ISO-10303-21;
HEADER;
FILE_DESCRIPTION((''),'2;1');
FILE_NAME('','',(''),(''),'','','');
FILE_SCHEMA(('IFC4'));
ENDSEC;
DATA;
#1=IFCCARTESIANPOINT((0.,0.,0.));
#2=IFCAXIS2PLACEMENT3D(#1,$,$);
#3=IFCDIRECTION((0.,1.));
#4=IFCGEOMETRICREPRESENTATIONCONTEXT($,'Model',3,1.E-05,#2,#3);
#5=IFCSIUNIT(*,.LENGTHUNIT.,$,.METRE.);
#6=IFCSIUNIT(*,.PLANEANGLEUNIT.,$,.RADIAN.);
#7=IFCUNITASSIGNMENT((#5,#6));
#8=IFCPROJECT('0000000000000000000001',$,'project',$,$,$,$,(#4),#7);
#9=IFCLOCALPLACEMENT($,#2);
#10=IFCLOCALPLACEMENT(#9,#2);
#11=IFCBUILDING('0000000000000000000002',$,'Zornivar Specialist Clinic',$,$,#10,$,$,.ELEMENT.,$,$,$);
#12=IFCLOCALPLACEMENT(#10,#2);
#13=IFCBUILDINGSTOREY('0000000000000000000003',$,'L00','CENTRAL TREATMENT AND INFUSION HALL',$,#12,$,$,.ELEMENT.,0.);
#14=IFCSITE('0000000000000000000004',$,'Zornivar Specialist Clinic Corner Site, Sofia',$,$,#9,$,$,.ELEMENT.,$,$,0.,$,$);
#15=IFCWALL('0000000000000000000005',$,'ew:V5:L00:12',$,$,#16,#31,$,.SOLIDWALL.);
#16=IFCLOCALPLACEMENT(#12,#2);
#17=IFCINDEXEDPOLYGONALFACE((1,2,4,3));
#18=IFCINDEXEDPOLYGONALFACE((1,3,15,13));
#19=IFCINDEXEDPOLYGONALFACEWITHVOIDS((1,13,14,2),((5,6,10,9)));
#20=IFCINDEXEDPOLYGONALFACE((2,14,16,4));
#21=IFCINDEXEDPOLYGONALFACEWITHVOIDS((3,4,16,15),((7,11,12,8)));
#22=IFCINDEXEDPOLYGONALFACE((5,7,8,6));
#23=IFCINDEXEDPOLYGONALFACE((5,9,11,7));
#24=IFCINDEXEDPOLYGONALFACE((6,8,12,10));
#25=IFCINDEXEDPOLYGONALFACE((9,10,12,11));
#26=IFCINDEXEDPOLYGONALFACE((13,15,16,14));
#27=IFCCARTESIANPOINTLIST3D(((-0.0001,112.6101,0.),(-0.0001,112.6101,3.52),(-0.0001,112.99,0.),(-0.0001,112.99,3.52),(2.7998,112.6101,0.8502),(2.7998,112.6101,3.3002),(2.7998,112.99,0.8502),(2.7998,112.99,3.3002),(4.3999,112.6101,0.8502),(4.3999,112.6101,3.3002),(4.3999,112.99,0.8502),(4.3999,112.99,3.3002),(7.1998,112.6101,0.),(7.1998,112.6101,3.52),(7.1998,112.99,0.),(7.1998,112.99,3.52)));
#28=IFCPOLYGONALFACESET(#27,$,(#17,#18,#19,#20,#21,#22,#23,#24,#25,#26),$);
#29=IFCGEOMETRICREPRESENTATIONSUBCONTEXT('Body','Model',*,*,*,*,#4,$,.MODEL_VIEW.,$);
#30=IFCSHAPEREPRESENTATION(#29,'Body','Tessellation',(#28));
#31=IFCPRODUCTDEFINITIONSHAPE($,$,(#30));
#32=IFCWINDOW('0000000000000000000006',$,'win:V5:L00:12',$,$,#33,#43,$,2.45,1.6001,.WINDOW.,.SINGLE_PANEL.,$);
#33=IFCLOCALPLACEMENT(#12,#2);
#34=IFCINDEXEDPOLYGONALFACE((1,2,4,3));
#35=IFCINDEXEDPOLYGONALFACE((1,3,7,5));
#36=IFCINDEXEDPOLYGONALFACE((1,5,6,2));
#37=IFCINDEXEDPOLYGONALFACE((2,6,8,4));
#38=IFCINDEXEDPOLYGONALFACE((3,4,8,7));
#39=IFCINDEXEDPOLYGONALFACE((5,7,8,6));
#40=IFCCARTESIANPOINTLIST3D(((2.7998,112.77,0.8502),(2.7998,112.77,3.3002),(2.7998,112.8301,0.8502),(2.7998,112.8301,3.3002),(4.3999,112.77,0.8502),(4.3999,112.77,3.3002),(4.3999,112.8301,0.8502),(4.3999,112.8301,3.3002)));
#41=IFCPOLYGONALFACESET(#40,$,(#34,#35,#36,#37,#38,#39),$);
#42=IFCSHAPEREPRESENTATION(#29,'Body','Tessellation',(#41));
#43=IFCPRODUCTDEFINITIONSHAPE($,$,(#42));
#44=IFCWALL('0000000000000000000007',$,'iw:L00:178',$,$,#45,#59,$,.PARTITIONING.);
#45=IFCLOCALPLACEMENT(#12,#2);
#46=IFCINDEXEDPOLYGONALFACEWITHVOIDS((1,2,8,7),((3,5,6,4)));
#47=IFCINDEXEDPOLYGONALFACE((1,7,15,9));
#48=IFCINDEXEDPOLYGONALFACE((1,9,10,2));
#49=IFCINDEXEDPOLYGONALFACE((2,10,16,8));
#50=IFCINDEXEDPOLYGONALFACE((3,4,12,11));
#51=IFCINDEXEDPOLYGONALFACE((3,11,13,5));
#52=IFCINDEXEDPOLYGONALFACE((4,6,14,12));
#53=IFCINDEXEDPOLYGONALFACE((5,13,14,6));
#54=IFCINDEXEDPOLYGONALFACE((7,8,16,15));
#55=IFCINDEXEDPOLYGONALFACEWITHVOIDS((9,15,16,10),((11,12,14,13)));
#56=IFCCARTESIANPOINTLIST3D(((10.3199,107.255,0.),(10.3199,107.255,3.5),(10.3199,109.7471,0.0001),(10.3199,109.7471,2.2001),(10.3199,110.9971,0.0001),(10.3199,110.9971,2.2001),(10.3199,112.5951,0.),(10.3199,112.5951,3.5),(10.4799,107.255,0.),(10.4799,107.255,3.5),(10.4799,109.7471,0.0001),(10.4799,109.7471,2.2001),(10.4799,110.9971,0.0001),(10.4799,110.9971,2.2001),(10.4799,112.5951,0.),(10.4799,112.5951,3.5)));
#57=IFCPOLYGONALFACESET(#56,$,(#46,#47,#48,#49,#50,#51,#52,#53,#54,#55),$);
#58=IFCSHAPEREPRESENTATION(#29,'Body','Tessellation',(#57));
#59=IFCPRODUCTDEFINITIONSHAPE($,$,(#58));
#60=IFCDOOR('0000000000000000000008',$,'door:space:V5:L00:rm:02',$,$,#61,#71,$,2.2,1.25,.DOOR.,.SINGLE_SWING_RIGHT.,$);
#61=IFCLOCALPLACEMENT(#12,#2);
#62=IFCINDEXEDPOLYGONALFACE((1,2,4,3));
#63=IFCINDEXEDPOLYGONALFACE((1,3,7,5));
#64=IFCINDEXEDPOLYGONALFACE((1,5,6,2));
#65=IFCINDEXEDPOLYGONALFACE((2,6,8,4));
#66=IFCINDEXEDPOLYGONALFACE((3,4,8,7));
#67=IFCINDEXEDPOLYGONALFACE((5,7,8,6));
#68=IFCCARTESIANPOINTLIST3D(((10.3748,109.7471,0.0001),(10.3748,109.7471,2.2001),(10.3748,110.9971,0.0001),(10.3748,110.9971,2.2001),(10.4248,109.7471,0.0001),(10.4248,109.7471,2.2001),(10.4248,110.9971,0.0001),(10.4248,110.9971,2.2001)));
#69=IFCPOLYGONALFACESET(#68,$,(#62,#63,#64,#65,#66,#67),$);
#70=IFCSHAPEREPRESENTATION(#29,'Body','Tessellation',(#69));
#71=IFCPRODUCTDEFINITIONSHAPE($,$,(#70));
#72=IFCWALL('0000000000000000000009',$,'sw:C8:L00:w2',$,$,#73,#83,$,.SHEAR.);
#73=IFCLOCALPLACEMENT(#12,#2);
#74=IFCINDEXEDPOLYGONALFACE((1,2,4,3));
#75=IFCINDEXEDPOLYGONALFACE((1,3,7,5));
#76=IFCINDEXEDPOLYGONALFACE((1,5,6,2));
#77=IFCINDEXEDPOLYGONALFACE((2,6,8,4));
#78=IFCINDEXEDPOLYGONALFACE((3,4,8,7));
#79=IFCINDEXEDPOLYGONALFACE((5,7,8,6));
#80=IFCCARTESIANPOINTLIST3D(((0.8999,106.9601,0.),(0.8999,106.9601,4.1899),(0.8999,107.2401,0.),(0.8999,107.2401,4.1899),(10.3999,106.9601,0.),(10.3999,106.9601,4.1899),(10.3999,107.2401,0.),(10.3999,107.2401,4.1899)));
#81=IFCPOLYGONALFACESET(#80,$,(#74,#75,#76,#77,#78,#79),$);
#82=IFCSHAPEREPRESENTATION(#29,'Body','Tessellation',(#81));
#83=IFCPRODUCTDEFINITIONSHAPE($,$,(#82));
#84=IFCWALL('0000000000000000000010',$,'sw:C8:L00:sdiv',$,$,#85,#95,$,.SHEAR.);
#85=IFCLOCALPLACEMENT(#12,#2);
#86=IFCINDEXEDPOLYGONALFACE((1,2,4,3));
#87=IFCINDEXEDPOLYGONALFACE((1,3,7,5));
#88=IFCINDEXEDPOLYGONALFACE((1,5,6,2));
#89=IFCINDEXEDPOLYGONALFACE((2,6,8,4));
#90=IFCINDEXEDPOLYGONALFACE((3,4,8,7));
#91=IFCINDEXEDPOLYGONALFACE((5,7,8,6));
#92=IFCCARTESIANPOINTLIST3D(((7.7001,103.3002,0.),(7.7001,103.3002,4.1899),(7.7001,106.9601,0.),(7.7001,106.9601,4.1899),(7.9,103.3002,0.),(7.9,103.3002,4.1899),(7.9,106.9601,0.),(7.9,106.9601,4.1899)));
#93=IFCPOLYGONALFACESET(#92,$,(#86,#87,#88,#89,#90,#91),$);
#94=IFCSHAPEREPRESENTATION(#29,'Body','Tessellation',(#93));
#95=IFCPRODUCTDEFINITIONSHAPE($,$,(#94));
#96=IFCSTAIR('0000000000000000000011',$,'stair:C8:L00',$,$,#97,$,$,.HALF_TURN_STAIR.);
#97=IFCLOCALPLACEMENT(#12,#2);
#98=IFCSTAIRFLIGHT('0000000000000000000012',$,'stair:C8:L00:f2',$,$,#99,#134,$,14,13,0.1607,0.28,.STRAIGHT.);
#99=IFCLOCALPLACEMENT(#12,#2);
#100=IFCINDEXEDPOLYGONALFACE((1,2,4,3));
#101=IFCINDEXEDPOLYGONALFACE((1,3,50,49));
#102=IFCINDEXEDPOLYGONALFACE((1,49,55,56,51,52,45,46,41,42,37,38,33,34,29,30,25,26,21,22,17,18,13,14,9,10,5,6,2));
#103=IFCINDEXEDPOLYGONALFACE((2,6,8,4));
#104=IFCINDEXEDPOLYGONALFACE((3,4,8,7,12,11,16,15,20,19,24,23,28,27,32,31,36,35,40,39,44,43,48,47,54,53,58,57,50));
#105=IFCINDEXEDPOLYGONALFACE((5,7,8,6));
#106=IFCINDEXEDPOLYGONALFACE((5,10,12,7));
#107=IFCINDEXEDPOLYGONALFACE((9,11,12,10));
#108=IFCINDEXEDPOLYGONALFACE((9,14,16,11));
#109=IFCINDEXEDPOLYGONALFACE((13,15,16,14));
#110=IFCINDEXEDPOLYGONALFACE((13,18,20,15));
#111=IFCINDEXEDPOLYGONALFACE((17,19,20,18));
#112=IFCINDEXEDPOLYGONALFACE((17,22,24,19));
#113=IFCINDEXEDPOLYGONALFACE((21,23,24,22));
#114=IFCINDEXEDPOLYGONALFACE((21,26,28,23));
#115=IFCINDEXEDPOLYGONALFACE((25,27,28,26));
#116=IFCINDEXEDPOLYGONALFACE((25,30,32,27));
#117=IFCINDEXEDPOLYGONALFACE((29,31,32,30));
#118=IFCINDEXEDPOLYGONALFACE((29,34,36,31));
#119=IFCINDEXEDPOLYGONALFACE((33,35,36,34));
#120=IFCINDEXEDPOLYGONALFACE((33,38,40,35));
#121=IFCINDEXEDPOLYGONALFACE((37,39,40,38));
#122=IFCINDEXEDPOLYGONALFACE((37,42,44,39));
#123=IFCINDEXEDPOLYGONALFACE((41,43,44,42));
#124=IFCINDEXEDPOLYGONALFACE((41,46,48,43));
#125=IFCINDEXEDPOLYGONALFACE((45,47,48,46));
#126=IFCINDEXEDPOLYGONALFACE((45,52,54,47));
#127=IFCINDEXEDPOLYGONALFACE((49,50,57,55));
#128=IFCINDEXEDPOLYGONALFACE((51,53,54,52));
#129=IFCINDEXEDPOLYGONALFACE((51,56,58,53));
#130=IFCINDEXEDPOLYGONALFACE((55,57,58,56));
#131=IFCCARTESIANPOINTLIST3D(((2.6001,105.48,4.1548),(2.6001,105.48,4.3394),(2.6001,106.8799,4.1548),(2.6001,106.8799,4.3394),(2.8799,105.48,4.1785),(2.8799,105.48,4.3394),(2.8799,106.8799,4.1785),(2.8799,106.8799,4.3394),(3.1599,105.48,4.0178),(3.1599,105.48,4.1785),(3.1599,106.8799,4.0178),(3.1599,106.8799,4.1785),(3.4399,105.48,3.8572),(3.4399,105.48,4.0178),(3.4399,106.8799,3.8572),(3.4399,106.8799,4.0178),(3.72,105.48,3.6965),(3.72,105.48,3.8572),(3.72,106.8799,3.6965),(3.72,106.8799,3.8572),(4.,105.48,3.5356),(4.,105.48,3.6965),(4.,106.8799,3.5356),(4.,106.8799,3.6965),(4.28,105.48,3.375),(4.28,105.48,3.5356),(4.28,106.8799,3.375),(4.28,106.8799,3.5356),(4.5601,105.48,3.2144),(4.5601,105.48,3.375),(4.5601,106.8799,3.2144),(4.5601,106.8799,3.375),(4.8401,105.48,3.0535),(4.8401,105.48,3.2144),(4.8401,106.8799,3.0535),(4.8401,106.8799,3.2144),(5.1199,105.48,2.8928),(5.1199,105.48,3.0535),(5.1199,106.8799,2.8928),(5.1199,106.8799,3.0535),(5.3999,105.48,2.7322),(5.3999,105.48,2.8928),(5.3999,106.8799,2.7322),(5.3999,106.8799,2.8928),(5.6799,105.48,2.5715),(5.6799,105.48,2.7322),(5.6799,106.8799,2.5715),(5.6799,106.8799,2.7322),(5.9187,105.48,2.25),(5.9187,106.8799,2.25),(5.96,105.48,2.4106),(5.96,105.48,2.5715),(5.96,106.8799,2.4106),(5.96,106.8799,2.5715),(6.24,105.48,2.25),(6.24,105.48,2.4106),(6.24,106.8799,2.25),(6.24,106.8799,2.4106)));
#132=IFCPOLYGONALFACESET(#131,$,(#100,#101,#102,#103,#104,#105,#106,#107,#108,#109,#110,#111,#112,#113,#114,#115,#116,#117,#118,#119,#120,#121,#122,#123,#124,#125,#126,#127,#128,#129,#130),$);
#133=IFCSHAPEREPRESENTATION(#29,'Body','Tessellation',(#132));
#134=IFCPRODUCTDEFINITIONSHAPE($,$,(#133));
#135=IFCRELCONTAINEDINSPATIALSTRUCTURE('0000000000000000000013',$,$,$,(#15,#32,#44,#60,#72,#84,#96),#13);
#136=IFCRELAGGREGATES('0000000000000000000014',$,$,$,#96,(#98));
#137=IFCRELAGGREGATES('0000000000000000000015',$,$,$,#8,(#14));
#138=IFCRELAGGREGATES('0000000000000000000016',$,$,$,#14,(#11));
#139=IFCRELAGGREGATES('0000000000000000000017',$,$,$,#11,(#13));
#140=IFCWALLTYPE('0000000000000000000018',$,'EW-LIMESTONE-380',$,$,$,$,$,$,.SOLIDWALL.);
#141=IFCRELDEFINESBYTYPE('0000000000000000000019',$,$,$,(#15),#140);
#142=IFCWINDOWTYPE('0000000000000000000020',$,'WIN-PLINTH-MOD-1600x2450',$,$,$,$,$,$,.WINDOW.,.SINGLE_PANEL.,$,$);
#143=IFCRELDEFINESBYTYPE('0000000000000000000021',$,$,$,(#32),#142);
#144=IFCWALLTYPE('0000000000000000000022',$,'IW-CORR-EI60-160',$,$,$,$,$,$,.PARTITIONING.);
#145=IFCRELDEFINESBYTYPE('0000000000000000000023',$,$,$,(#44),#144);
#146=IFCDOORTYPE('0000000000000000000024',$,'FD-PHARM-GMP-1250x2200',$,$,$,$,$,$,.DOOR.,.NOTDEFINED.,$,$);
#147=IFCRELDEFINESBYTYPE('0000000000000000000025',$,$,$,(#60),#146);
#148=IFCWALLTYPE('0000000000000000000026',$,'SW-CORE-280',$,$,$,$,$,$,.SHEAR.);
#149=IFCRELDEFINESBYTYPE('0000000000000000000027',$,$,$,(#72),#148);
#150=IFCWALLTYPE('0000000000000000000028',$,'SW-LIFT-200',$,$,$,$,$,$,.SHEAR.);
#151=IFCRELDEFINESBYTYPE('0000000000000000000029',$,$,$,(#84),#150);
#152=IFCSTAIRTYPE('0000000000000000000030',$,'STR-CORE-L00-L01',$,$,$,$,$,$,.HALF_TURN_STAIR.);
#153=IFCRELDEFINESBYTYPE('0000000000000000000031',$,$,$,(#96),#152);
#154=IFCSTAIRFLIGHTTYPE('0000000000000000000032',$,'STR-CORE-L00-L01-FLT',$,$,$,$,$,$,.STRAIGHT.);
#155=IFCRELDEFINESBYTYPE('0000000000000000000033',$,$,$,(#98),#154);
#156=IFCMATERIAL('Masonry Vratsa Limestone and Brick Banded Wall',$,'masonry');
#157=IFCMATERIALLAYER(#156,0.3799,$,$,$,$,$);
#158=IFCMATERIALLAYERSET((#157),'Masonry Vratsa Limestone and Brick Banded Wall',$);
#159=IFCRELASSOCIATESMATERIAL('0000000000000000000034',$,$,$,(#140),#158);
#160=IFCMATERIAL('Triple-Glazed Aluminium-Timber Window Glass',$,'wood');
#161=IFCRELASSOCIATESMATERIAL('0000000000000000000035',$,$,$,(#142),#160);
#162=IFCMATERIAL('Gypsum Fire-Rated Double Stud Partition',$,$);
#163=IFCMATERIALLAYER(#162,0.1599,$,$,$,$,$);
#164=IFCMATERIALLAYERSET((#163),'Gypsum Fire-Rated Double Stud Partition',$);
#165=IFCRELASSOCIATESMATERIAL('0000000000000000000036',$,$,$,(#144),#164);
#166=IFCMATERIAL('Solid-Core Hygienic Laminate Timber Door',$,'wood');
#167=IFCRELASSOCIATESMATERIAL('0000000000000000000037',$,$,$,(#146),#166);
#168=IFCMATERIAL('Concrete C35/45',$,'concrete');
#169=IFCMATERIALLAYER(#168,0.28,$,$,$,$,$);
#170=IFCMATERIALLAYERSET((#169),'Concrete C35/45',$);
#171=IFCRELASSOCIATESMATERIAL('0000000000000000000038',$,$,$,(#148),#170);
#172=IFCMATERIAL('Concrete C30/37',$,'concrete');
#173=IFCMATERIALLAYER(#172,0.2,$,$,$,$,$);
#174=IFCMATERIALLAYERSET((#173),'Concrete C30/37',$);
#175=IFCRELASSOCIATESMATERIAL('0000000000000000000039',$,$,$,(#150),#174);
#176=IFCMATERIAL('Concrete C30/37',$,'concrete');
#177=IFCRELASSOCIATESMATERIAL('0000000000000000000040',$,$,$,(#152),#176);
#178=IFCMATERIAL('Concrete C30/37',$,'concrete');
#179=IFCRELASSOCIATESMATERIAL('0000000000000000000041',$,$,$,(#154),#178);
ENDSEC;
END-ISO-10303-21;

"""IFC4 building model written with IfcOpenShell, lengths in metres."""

from ifc_helpers import new_model, si_unit, direction, frame, frame_2d, origin, place, context, subcontext, project, spatial, polyline, rectangle, outline, extrude, material, layer, layer_set, type_object, element, fill, aggregate, save


model = new_model("IFC4")

# Units and contexts
model_context = context("Model", 3, precision=1e-05, world=origin(), true_north=direction((0.0, 1.0)))
body_context = subcontext(model_context, "Body", "Model", "MODEL_VIEW")
ifc_project = project(units=[si_unit("LENGTHUNIT", "METRE"), si_unit("PLANEANGLEUNIT", "RADIAN")], contexts=[model_context])

# Site, building, storey
site_placement = place(None, origin())
site = spatial("IfcSite", under=ifc_project, at=site_placement, Name="Zornivar Specialist Clinic Corner Site, Sofia", CompositionType="ELEMENT", RefElevation=0.0)
building_placement = place(site_placement, origin())
building = spatial("IfcBuilding", under=site, at=building_placement, Name="Zornivar Specialist Clinic", CompositionType="ELEMENT")
storey_placement = place(building_placement, origin())
storey = spatial("IfcBuildingStorey", under=building, at=storey_placement, Name="L00", Description="CENTRAL TREATMENT AND INFUSION HALL", CompositionType="ELEMENT", Elevation=0.0)

# Wall, opening, window
ifc_material_1 = material(Name="Masonry Vratsa Limestone and Brick Banded Wall", Category="masonry")
ifc_layer_1 = layer(ifc_material_1, 0.3799)
ifc_layer_set_1 = layer_set([ifc_layer_1], Name="Masonry Vratsa Limestone and Brick Banded Wall")
wall_type_1 = type_object("IfcWallType", Name="EW-LIMESTONE-380", PredefinedType="SOLIDWALL", material=ifc_layer_set_1)
wall_1_placement = place(storey_placement, frame((7.2, 112.8, 0.0), z_axis=(0.0, 0.0, 1.0), x_axis=(-1.0, 0.0, 0.0)))
wall_1 = element("IfcWall", 1, at=wall_1_placement, inside=storey, type_object=wall_type_1, Name="ew:V5:L00:12", PredefinedType="SOLIDWALL", context=body_context, shape_type="SweptSolid", body=[
    extrude(rectangle(XDim=7.2, YDim=0.3799, at=frame_2d((3.6001, 0.0))), origin(), (0.0, 0.0, 1.0), 3.52),
])
opening_1_placement = place(wall_1_placement, frame((2.8, 0.0, 0.8501)))
opening_1 = element("IfcOpeningElement", 2, at=opening_1_placement, cuts=wall_1, PredefinedType="OPENING", context=body_context, shape_type="SweptSolid", body=[
    extrude(rectangle(XDim=1.6001, YDim=2.45, at=frame_2d((0.8, 1.2251))), frame((0.0, 0.2, 0.0), z_axis=(0.0, -1.0, 0.0), x_axis=(1.0, 0.0, 0.0)), (0.0, 0.0, 1.0), 0.3999),
])
ifc_material_2 = material(Name="Triple-Glazed Aluminium-Timber Window Glass", Category="wood")
window_type = type_object("IfcWindowType", Name="WIN-PLINTH-MOD-1600x2450", PartitioningType="SINGLE_PANEL", PredefinedType="WINDOW", material=ifc_material_2)
window_placement = place(opening_1_placement, origin())
window = element("IfcWindow", 3, at=window_placement, inside=storey, type_object=window_type, Name="win:V5:L00:12", OverallHeight=2.45, OverallWidth=1.6001, PartitioningType="SINGLE_PANEL", PredefinedType="WINDOW", context=body_context, shape_type="SweptSolid", body=[
    extrude(rectangle(XDim=1.6001, YDim=2.45, at=frame_2d((0.8, 1.2251))), frame((0.0, 0.03, 0.0), z_axis=(0.0, -1.0, 0.0), x_axis=(1.0, 0.0, 0.0)), (0.0, 0.0, 1.0), 0.0601),
])
fill(opening_1, window)

# Wall, opening, door
ifc_material_3 = material(Name="Gypsum Fire-Rated Double Stud Partition")
ifc_layer_2 = layer(ifc_material_3, 0.1599)
ifc_layer_set_2 = layer_set([ifc_layer_2], Name="Gypsum Fire-Rated Double Stud Partition")
wall_type_2 = type_object("IfcWallType", Name="IW-CORR-EI60-160", PredefinedType="PARTITIONING", material=ifc_layer_set_2)
wall_2_placement = place(storey_placement, frame((10.3999, 112.595, 0.0), z_axis=(0.0, 0.0, 1.0), x_axis=(0.0, -1.0, 0.0)))
wall_2 = element("IfcWall", 4, at=wall_2_placement, inside=storey, type_object=wall_type_2, Name="iw:L00:178", PredefinedType="PARTITIONING", context=body_context, shape_type="SweptSolid", body=[
    extrude(rectangle(XDim=5.3401, YDim=0.1599, at=frame_2d((2.6699, 0.0))), origin(), (0.0, 0.0, 1.0), 3.5),
])
opening_2_placement = place(wall_2_placement, frame((1.5979, 0.0, 0.0)))
opening_2 = element("IfcOpeningElement", 5, at=opening_2_placement, cuts=wall_2, PredefinedType="OPENING", context=body_context, shape_type="SweptSolid", body=[
    extrude(rectangle(XDim=1.25, YDim=2.2, at=frame_2d((0.625, 1.1001))), frame((0.0, 0.0898, 0.0), z_axis=(0.0, -1.0, 0.0), x_axis=(1.0, 0.0, 0.0)), (0.0, 0.0, 1.0), 0.1799),
])
ifc_material_4 = material(Name="Solid-Core Hygienic Laminate Timber Door", Category="wood")
door_type = type_object("IfcDoorType", Name="FD-PHARM-GMP-1250x2200", OperationType="NOTDEFINED", PredefinedType="DOOR", material=ifc_material_4)
door_placement = place(opening_2_placement, origin())
door = element("IfcDoor", 6, at=door_placement, inside=storey, type_object=door_type, Name="door:space:V5:L00:rm:02", OperationType="SINGLE_SWING_RIGHT", OverallHeight=2.2, OverallWidth=1.25, PredefinedType="DOOR", context=body_context, shape_type="SweptSolid", body=[
    extrude(rectangle(XDim=1.25, YDim=2.2, at=frame_2d((0.625, 1.1001))), frame((0.0, 0.0249, 0.0), z_axis=(0.0, -1.0, 0.0), x_axis=(1.0, 0.0, 0.0)), (0.0, 0.0, 1.0), 0.05),
])
fill(opening_2, door)

# Walls
ifc_material_5 = material(Name="Concrete C35/45", Category="concrete")
ifc_layer_3 = layer(ifc_material_5, 0.28)
ifc_layer_set_3 = layer_set([ifc_layer_3], Name="Concrete C35/45")
wall_type_3 = type_object("IfcWallType", Name="SW-CORE-280", PredefinedType="SHEAR", material=ifc_layer_set_3)
wall_3_placement = place(storey_placement, frame((10.3999, 107.1001, 0.0), z_axis=(0.0, 0.0, 1.0), x_axis=(-1.0, 0.0, 0.0)))
element("IfcWall", 7, at=wall_3_placement, inside=storey, type_object=wall_type_3, Name="sw:C8:L00:w2", PredefinedType="SHEAR", context=body_context, shape_type="SweptSolid", body=[
    extrude(rectangle(XDim=9.5, YDim=0.28, at=frame_2d((4.75, 0.0))), origin(), (0.0, 0.0, 1.0), 4.1899),
])
ifc_material_6 = material(Name="Concrete C30/37", Category="concrete")
ifc_layer_4 = layer(ifc_material_6, 0.2)
ifc_layer_set_4 = layer_set([ifc_layer_4], Name="Concrete C30/37")
wall_type_4 = type_object("IfcWallType", Name="SW-LIFT-200", PredefinedType="SHEAR", material=ifc_layer_set_4)
wall_4_placement = place(storey_placement, frame((7.8, 103.3, 0.0), z_axis=(0.0, 0.0, 1.0), x_axis=(0.0, 1.0, 0.0)))
element("IfcWall", 8, at=wall_4_placement, inside=storey, type_object=wall_type_4, Name="sw:C8:L00:sdiv", PredefinedType="SHEAR", context=body_context, shape_type="SweptSolid", body=[
    extrude(rectangle(XDim=3.6599, YDim=0.2, at=frame_2d((1.8301, 0.0))), origin(), (0.0, 0.0, 1.0), 4.1899),
])

# Stair, stair flight
ifc_material_7 = material(Name="Concrete C30/37", Category="concrete")
stair_type = type_object("IfcStairType", Name="STR-CORE-L00-L01", PredefinedType="HALF_TURN_STAIR", material=ifc_material_7)
stair_placement = place(storey_placement, origin())
stair = element("IfcStair", 9, at=stair_placement, inside=storey, type_object=stair_type, Name="stair:C8:L00", PredefinedType="HALF_TURN_STAIR")
ifc_material_8 = material(Name="Concrete C30/37", Category="concrete")
stair_flight_type = type_object("IfcStairFlightType", Name="STR-CORE-L00-L01-FLT", PredefinedType="STRAIGHT", material=ifc_material_8)
stair_flight_placement = place(storey_placement, frame((6.24, 106.1799, 2.25), z_axis=(0.0, 0.0, 1.0), x_axis=(-1.0, 0.0, 0.0)))
stair_flight = element("IfcStairFlight", 10, at=stair_flight_placement, type_object=stair_flight_type, Name="stair:C8:L00:f2", NumberOfRisers=14, NumberOfTreads=13, PredefinedType="STRAIGHT", RiserHeight=0.1607, TreadLength=0.28, context=body_context, shape_type="SweptSolid", body=[
    extrude(outline(polyline([(0.0, 0.0), (0.0, 0.1606), (0.28, 0.1606), (0.28, 0.3215), (0.5601, 0.3215), (0.5601, 0.4822), (0.8401, 0.4822), (0.8401, 0.6428), (1.1201, 0.6428), (1.1201, 0.8035), (1.3999, 0.8035), (1.3999, 0.9644), (1.6799, 0.9644), (1.6799, 1.125), (1.96, 1.125), (1.96, 1.2856), (2.24, 1.2856), (2.24, 1.4465), (2.52, 1.4465), (2.52, 1.6072), (2.8, 1.6072), (2.8, 1.7678), (3.0801, 1.7678), (3.0801, 1.9285), (3.3601, 1.9285), (3.3601, 2.0894), (3.6399, 2.0894), (3.6399, 2.25), (3.6399, 1.9048), (0.3213, 0.0), (0.0, 0.0)])), frame((0.0, 0.7, 0.0), z_axis=(0.0, -1.0, 0.0), x_axis=(1.0, 0.0, 0.0)), (0.0, 0.0, 1.0), 1.3999),
])
aggregate(stair, [stair_flight])

save(model, "model.ifc")
